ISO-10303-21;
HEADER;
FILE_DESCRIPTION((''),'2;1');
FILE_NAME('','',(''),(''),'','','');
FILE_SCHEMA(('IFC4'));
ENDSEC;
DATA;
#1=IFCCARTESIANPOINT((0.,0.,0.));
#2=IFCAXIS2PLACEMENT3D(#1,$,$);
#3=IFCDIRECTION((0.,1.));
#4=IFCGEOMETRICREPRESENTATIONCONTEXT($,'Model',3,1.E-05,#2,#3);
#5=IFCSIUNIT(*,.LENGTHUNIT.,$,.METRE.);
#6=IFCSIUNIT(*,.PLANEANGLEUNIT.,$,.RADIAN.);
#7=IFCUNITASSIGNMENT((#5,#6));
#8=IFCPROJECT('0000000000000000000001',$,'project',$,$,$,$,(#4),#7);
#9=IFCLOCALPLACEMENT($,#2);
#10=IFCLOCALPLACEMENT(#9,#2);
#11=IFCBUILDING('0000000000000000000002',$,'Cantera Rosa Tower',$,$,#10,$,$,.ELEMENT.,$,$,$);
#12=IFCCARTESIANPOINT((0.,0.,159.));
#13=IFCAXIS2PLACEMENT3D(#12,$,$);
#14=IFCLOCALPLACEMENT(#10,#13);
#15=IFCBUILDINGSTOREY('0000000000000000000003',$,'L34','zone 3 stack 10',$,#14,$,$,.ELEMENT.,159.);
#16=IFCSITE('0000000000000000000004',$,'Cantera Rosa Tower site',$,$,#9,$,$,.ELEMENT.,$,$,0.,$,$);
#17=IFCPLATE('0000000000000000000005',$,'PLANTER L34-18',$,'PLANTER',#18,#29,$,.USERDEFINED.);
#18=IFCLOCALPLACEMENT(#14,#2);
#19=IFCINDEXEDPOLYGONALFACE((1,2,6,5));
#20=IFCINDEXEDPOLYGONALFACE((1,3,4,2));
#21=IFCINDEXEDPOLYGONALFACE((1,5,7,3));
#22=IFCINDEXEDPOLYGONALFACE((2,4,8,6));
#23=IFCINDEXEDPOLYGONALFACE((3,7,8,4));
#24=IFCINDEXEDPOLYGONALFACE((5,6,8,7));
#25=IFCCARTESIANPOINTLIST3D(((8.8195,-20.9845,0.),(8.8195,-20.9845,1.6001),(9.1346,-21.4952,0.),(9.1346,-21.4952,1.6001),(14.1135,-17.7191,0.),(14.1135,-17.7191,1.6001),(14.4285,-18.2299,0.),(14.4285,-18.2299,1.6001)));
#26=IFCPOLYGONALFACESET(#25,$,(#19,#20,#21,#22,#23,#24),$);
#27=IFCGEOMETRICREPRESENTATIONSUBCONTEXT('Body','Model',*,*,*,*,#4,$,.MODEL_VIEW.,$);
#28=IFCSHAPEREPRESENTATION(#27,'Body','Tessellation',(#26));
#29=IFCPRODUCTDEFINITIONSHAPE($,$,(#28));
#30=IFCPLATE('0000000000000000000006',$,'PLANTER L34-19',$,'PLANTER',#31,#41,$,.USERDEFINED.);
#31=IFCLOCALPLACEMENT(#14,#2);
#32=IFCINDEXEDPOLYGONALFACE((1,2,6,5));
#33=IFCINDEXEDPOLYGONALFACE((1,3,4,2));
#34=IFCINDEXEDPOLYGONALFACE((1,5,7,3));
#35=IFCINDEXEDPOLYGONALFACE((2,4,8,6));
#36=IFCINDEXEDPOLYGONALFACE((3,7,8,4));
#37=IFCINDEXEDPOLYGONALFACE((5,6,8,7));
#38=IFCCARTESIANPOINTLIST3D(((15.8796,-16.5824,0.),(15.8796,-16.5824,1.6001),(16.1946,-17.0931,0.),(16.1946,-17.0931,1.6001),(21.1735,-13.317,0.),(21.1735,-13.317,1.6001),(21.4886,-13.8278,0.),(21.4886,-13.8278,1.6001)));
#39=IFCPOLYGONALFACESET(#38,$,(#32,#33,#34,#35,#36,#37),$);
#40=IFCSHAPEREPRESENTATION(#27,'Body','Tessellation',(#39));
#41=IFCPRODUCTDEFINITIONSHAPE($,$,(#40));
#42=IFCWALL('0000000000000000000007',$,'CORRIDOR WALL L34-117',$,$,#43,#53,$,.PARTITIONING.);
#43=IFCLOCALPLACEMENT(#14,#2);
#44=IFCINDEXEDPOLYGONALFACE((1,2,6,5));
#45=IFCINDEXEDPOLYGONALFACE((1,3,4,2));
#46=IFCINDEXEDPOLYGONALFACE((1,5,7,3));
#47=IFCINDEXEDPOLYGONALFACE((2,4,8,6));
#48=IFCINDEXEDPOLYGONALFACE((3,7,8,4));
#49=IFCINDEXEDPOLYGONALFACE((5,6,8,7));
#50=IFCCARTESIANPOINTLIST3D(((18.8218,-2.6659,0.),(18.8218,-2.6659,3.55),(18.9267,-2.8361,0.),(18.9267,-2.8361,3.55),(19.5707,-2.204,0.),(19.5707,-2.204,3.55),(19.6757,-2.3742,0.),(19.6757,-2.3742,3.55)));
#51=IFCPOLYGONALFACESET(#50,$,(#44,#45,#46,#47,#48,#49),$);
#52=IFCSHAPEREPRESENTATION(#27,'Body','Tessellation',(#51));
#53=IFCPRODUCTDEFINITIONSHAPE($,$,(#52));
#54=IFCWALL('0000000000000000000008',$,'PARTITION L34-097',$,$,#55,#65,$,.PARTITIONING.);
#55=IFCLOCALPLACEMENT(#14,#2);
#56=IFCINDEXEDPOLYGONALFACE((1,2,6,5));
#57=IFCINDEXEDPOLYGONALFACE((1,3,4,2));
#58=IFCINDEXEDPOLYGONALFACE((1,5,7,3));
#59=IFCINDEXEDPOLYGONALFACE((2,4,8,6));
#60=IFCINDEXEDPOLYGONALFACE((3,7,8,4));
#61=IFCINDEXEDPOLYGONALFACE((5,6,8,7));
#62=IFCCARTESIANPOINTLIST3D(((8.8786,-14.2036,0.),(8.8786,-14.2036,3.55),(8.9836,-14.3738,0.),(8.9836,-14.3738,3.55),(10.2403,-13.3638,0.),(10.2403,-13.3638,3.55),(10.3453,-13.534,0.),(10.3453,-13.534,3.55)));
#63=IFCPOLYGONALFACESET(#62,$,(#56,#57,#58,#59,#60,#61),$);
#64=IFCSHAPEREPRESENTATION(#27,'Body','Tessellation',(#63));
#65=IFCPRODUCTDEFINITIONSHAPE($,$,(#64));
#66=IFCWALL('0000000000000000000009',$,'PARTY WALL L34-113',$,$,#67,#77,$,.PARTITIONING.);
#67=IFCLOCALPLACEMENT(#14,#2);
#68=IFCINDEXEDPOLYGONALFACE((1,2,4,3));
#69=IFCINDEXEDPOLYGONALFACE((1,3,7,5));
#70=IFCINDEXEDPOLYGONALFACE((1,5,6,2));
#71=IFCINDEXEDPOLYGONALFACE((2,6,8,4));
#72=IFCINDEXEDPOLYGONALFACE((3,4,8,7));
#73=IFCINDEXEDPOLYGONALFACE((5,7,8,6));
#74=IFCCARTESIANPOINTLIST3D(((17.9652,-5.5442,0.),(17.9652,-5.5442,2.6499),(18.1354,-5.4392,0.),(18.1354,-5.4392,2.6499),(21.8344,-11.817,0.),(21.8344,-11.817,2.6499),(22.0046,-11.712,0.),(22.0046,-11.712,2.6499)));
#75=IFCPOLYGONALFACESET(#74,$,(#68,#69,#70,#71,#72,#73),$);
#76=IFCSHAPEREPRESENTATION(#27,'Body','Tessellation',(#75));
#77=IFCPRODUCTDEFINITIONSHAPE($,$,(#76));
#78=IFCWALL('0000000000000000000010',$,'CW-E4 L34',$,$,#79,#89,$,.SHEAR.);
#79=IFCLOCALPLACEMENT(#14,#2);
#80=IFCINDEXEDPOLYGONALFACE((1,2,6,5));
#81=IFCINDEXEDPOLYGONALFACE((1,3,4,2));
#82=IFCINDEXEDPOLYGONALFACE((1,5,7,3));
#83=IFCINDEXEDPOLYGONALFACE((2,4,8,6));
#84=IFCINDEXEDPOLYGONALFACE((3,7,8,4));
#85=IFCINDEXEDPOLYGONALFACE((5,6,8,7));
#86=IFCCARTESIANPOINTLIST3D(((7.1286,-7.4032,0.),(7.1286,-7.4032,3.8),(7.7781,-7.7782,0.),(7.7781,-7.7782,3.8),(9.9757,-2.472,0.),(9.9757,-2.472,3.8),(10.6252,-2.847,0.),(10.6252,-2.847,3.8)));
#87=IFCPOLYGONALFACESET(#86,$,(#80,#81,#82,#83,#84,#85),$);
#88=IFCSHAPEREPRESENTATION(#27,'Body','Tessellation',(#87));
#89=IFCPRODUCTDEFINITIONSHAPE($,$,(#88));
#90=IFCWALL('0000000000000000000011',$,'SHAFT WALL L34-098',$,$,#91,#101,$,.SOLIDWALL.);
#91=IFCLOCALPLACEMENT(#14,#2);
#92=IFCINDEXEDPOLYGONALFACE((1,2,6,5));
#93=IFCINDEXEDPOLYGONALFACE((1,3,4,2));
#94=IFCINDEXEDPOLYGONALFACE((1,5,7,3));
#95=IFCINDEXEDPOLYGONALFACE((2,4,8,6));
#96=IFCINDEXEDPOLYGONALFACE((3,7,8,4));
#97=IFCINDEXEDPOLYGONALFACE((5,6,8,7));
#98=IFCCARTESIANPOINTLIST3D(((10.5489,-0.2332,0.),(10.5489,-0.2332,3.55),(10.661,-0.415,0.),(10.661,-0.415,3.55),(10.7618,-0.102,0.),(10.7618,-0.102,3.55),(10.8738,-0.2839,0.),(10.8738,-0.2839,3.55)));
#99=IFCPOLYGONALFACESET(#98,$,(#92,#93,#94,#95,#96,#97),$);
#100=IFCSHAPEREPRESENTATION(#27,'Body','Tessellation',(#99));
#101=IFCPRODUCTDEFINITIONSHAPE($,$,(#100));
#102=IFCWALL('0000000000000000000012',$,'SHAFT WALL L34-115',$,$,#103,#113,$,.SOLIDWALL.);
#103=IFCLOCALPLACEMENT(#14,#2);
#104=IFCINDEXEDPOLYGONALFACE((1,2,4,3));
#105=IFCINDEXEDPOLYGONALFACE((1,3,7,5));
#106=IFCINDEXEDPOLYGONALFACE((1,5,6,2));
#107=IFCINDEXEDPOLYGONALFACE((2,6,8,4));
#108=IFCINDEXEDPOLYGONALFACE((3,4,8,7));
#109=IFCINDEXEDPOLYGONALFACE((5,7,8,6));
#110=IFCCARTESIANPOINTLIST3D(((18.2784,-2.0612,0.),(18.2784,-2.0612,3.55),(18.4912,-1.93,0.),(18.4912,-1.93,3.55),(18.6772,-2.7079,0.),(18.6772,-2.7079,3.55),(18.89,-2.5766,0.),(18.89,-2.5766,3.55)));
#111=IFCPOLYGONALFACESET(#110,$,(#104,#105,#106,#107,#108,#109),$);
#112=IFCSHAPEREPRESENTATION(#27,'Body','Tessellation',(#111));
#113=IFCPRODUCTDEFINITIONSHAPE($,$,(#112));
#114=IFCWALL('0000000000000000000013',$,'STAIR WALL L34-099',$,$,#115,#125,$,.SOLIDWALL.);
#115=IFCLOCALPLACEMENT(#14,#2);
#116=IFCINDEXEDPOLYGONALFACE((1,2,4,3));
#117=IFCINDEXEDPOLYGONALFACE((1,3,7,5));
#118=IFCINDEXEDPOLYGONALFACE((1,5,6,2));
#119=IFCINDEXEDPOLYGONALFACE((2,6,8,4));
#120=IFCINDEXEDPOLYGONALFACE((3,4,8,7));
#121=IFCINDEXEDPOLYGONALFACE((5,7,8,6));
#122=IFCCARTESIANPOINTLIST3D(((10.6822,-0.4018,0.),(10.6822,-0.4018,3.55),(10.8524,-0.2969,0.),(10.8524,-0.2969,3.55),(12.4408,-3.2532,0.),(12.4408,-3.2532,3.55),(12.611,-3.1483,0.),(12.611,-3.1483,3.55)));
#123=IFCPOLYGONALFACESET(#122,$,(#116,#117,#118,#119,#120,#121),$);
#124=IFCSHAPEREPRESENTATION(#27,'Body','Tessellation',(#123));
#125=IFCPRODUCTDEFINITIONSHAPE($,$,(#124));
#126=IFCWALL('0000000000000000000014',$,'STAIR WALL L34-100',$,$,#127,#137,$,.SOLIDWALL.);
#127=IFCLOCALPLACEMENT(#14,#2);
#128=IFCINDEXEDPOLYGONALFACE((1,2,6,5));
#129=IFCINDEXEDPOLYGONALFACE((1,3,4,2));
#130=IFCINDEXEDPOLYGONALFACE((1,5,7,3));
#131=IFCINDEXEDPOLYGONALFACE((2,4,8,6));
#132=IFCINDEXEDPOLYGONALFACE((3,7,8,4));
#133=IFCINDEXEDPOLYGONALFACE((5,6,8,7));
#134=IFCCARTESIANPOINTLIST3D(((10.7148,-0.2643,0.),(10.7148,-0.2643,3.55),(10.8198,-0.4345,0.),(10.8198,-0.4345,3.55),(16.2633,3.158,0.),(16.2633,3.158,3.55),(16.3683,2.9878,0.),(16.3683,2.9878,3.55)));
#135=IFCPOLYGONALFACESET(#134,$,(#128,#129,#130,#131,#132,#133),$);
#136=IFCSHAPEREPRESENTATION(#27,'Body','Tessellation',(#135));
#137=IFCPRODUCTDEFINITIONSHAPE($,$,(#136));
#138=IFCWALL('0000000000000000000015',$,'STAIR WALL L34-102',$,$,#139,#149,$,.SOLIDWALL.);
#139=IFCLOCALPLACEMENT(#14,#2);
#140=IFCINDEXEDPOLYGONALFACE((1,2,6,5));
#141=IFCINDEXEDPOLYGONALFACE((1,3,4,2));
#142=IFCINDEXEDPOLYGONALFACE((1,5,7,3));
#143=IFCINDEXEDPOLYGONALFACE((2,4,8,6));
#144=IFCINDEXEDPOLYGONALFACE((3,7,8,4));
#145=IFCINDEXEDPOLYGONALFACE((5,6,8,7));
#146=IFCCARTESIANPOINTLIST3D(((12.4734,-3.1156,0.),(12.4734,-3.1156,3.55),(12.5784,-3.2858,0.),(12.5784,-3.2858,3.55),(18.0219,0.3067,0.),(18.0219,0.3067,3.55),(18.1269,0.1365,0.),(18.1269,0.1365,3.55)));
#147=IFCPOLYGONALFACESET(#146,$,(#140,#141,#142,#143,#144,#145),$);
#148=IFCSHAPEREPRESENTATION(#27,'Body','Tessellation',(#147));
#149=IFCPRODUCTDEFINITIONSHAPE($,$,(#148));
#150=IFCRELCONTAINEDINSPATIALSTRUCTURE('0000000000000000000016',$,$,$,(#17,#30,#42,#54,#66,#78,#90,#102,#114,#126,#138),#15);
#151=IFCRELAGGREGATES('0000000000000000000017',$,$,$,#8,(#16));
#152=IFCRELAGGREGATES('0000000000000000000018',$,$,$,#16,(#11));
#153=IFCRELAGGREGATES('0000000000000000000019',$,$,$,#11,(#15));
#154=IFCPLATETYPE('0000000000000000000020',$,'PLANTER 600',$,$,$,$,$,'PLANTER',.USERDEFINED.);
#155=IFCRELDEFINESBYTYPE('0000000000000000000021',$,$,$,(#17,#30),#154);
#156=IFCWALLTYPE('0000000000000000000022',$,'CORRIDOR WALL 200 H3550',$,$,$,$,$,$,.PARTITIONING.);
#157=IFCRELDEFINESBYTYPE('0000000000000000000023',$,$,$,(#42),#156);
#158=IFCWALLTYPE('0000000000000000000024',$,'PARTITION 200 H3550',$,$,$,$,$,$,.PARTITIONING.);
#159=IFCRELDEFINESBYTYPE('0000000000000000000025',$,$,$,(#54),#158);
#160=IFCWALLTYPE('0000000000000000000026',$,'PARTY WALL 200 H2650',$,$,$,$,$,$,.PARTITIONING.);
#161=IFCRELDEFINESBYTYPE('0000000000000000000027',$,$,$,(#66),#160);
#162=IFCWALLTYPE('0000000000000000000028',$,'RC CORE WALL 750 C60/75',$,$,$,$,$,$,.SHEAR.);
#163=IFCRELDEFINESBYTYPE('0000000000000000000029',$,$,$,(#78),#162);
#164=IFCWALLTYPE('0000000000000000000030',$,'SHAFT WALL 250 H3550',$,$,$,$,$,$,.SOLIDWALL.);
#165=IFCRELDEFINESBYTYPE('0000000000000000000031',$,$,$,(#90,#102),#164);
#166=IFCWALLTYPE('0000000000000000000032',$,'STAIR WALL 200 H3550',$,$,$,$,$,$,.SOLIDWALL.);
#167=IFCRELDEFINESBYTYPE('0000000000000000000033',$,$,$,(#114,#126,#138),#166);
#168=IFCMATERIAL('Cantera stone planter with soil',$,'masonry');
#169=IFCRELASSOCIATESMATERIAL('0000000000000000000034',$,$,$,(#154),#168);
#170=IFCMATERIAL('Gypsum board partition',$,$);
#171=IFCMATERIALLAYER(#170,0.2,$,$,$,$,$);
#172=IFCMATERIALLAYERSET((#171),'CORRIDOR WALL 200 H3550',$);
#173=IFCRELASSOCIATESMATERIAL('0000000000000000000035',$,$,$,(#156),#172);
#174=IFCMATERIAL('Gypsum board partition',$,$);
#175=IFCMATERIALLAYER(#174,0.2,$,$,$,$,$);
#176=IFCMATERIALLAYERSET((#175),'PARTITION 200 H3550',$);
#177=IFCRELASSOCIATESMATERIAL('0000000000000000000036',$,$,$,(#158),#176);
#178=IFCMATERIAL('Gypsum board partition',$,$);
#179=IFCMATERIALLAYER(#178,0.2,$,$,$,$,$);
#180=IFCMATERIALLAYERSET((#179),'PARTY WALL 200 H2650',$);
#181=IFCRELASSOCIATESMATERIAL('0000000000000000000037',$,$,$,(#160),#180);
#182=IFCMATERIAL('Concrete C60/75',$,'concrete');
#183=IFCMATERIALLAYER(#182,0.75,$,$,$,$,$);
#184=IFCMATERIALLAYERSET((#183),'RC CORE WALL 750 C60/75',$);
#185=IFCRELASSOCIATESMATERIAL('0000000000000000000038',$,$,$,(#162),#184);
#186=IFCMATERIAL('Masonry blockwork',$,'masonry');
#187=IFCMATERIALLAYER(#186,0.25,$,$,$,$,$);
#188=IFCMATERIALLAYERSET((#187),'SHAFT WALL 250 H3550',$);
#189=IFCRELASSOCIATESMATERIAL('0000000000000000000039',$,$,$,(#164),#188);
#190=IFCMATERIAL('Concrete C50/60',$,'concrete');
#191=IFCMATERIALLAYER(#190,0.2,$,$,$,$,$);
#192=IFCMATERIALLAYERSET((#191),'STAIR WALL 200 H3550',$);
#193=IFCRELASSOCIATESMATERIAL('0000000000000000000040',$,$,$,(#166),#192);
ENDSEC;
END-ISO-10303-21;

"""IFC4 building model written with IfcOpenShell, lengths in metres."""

from ifc_helpers import new_model, si_unit, direction, frame, frame_2d, origin, origin_2d, place, context, subcontext, project, spatial, rectangle, extrude, material, layer, layer_set, type_object, element, save


model = new_model("IFC4")

# Units and contexts
model_context = context("Model", 3, precision=1e-05, world=origin(), true_north=direction((0.0, 1.0)))
body_context = subcontext(model_context, "Body", "Model", "MODEL_VIEW")
ifc_project = project(units=[si_unit("LENGTHUNIT", "METRE"), si_unit("PLANEANGLEUNIT", "RADIAN")], contexts=[model_context])

# Site, building, storey
site_placement = place(None, origin())
site = spatial("IfcSite", under=ifc_project, at=site_placement, Name="Cantera Rosa Tower site", CompositionType="ELEMENT", RefElevation=0.0)
building_placement = place(site_placement, origin())
building = spatial("IfcBuilding", under=site, at=building_placement, Name="Cantera Rosa Tower", CompositionType="ELEMENT")
storey_placement = place(building_placement, frame((0.0, 0.0, 159.0)))
storey = spatial("IfcBuildingStorey", under=building, at=storey_placement, Name="L34", Description="zone 3 stack 10", CompositionType="ELEMENT", Elevation=159.0)

# Plates
ifc_material_1 = material(Name="Cantera stone planter with soil", Category="masonry")
plate_type = type_object("IfcPlateType", Name="PLANTER 600", ElementType="PLANTER", PredefinedType="USERDEFINED", material=ifc_material_1)
for number, where, z_axis, x_axis, name in (
    (1, (11.624, -19.6072, 0.0), (0.0, 0.0, 1.0), (0.851117, 0.524977, 0.0), "PLANTER L34-18"),
    (2, (18.6841, -15.2051, 0.0), (0.0, 0.0, 1.0), (0.851117, 0.524977, 0.0), "PLANTER L34-19"),
):
    element("IfcPlate", number, at=place(storey_placement, frame(where, z_axis=z_axis, x_axis=x_axis)), inside=storey, type_object=plate_type, Name=name, ObjectType="PLANTER", PredefinedType="USERDEFINED", context=body_context, shape_type="SweptSolid", body=[
        extrude(rectangle(XDim=6.22, YDim=0.6001, at=origin_2d()), origin(), (0.0, 0.0, 1.0), 1.6001),
    ])

# Wall
ifc_material_2 = material(Name="Gypsum board partition")
ifc_layer_1 = layer(ifc_material_2, 0.2)
ifc_layer_set_1 = layer_set([ifc_layer_1], Name="CORRIDOR WALL 200 H3550")
wall_type_1 = type_object("IfcWallType", Name="CORRIDOR WALL 200 H3550", PredefinedType="PARTITIONING", material=ifc_layer_set_1)
wall_1_placement = place(storey_placement, frame((18.8743, -2.751, 0.0), z_axis=(0.0, 0.0, 1.0), x_axis=(0.851163, 0.524902, 0.0)))
element("IfcWall", 3, at=wall_1_placement, inside=storey, type_object=wall_type_1, Name="CORRIDOR WALL L34-117", PredefinedType="PARTITIONING", context=body_context, shape_type="SweptSolid", body=[
    extrude(rectangle(XDim=0.8799, YDim=0.2, at=frame_2d((0.4399, 0.0))), origin(), (0.0, 0.0, 1.0), 3.55),
])

# Walls
ifc_material_3 = material(Name="Gypsum board partition")
ifc_layer_2 = layer(ifc_material_3, 0.2)
ifc_layer_set_2 = layer_set([ifc_layer_2], Name="PARTITION 200 H3550")
wall_type_2 = type_object("IfcWallType", Name="PARTITION 200 H3550", PredefinedType="PARTITIONING", material=ifc_layer_set_2)
wall_2_placement = place(storey_placement, frame((10.2927, -13.449, 0.0), z_axis=(0.0, 0.0, 1.0), x_axis=(-0.851155, -0.524914, 0.0)))
element("IfcWall", 4, at=wall_2_placement, inside=storey, type_object=wall_type_2, Name="PARTITION L34-097", PredefinedType="PARTITIONING", context=body_context, shape_type="SweptSolid", body=[
    extrude(rectangle(XDim=1.5999, YDim=0.2, at=frame_2d((0.7998, 0.0))), origin(), (0.0, 0.0, 1.0), 3.55),
])
ifc_material_4 = material(Name="Gypsum board partition")
ifc_layer_3 = layer(ifc_material_4, 0.2)
ifc_layer_set_3 = layer_set([ifc_layer_3], Name="PARTY WALL 200 H2650")
wall_type_3 = type_object("IfcWallType", Name="PARTY WALL 200 H2650", PredefinedType="PARTITIONING", material=ifc_layer_set_3)
wall_3_placement = place(storey_placement, frame((18.0503, -5.4917, 0.0), z_axis=(0.0, 0.0, 1.0), x_axis=(0.524984, -0.851112, 0.0)))
element("IfcWall", 5, at=wall_3_placement, inside=storey, type_object=wall_type_3, Name="PARTY WALL L34-113", PredefinedType="PARTITIONING", context=body_context, shape_type="SweptSolid", body=[
    extrude(rectangle(XDim=7.3701, YDim=0.2, at=frame_2d((3.6851, 0.0))), origin(), (0.0, 0.0, 1.0), 2.6499),
])
ifc_material_5 = material(Name="Concrete C60/75", Category="concrete")
ifc_layer_4 = layer(ifc_material_5, 0.75)
ifc_layer_set_4 = layer_set([ifc_layer_4], Name="RC CORE WALL 750 C60/75")
wall_type_4 = type_object("IfcWallType", Name="RC CORE WALL 750 C60/75", PredefinedType="SHEAR", material=ifc_layer_set_4)
wall_4_placement = place(storey_placement, frame((10.3005, -2.6594, 0.0), z_axis=(0.0, 0.0, 1.0), x_axis=(-0.500022, -0.866013, 0.0)))
element("IfcWall", 6, at=wall_4_placement, inside=storey, type_object=wall_type_4, Name="CW-E4 L34", PredefinedType="SHEAR", context=body_context, shape_type="SweptSolid", body=[
    extrude(rectangle(XDim=5.6941, YDim=0.75, at=frame_2d((2.8472, 0.0))), origin(), (0.0, 0.0, 1.0), 3.8),
])
ifc_material_6 = material(Name="Masonry blockwork", Category="masonry")
ifc_layer_5 = layer(ifc_material_6, 0.25)
ifc_layer_set_5 = layer_set([ifc_layer_5], Name="SHAFT WALL 250 H3550")
wall_type_5 = type_object("IfcWallType", Name="SHAFT WALL 250 H3550", PredefinedType="SOLIDWALL", material=ifc_layer_set_5)
wall_5_placement = place(storey_placement, frame((10.6553, -0.1675, 0.0), z_axis=(0.0, 0.0, 1.0), x_axis=(0.524544, -0.851384, 0.0)))
element("IfcWall", 7, at=wall_5_placement, inside=storey, type_object=wall_type_5, Name="SHAFT WALL L34-098", PredefinedType="SOLIDWALL", context=body_context, shape_type="SweptSolid", body=[
    extrude(rectangle(XDim=0.2136, YDim=0.25, at=frame_2d((0.1069, 0.0))), origin(), (0.0, 0.0, 1.0), 3.55),
])
wall_6_placement = place(storey_placement, frame((18.3848, -1.9956, 0.0), z_axis=(0.0, 0.0, 1.0), x_axis=(0.524993, -0.851106, 0.0)))
element("IfcWall", 8, at=wall_6_placement, inside=storey, type_object=wall_type_5, Name="SHAFT WALL L34-115", PredefinedType="SOLIDWALL", context=body_context, shape_type="SweptSolid", body=[
    extrude(rectangle(XDim=0.7598, YDim=0.25, at=frame_2d((0.3799, 0.0))), origin(), (0.0, 0.0, 1.0), 3.55),
])
ifc_material_7 = material(Name="Concrete C50/60", Category="concrete")
ifc_layer_6 = layer(ifc_material_7, 0.2)
ifc_layer_set_6 = layer_set([ifc_layer_6], Name="STAIR WALL 200 H3550")
wall_type_6 = type_object("IfcWallType", Name="STAIR WALL 200 H3550", PredefinedType="SOLIDWALL", material=ifc_layer_set_6)
wall_7_placement = place(storey_placement, frame((10.7673, -0.3494, 0.0), z_axis=(0.0, 0.0, 1.0), x_axis=(0.524939, -0.85114, 0.0)))
element("IfcWall", 9, at=wall_7_placement, inside=storey, type_object=wall_type_6, Name="STAIR WALL L34-099", PredefinedType="SOLIDWALL", context=body_context, shape_type="SweptSolid", body=[
    extrude(rectangle(XDim=3.3501, YDim=0.2, at=frame_2d((1.675, 0.0))), origin(), (0.0, 0.0, 1.0), 3.55),
])
for number, where, z_axis, x_axis, name in (
    (10, (10.7673, -0.3494, 0.0), (0.0, 0.0, 1.0), (0.85112, 0.524971, 0.0), "STAIR WALL L34-100"),
    (11, (12.5259, -3.2007, 0.0), (0.0, 0.0, 1.0), (0.85112, 0.524971, 0.0), "STAIR WALL L34-102"),
):
    element("IfcWall", number, at=place(storey_placement, frame(where, z_axis=z_axis, x_axis=x_axis)), inside=storey, type_object=wall_type_6, Name=name, PredefinedType="SOLIDWALL", context=body_context, shape_type="SweptSolid", body=[
        extrude(rectangle(XDim=6.519, YDim=0.2, at=frame_2d((3.2595, 0.0))), origin(), (0.0, 0.0, 1.0), 3.55),
    ])

save(model, "model.ifc")
